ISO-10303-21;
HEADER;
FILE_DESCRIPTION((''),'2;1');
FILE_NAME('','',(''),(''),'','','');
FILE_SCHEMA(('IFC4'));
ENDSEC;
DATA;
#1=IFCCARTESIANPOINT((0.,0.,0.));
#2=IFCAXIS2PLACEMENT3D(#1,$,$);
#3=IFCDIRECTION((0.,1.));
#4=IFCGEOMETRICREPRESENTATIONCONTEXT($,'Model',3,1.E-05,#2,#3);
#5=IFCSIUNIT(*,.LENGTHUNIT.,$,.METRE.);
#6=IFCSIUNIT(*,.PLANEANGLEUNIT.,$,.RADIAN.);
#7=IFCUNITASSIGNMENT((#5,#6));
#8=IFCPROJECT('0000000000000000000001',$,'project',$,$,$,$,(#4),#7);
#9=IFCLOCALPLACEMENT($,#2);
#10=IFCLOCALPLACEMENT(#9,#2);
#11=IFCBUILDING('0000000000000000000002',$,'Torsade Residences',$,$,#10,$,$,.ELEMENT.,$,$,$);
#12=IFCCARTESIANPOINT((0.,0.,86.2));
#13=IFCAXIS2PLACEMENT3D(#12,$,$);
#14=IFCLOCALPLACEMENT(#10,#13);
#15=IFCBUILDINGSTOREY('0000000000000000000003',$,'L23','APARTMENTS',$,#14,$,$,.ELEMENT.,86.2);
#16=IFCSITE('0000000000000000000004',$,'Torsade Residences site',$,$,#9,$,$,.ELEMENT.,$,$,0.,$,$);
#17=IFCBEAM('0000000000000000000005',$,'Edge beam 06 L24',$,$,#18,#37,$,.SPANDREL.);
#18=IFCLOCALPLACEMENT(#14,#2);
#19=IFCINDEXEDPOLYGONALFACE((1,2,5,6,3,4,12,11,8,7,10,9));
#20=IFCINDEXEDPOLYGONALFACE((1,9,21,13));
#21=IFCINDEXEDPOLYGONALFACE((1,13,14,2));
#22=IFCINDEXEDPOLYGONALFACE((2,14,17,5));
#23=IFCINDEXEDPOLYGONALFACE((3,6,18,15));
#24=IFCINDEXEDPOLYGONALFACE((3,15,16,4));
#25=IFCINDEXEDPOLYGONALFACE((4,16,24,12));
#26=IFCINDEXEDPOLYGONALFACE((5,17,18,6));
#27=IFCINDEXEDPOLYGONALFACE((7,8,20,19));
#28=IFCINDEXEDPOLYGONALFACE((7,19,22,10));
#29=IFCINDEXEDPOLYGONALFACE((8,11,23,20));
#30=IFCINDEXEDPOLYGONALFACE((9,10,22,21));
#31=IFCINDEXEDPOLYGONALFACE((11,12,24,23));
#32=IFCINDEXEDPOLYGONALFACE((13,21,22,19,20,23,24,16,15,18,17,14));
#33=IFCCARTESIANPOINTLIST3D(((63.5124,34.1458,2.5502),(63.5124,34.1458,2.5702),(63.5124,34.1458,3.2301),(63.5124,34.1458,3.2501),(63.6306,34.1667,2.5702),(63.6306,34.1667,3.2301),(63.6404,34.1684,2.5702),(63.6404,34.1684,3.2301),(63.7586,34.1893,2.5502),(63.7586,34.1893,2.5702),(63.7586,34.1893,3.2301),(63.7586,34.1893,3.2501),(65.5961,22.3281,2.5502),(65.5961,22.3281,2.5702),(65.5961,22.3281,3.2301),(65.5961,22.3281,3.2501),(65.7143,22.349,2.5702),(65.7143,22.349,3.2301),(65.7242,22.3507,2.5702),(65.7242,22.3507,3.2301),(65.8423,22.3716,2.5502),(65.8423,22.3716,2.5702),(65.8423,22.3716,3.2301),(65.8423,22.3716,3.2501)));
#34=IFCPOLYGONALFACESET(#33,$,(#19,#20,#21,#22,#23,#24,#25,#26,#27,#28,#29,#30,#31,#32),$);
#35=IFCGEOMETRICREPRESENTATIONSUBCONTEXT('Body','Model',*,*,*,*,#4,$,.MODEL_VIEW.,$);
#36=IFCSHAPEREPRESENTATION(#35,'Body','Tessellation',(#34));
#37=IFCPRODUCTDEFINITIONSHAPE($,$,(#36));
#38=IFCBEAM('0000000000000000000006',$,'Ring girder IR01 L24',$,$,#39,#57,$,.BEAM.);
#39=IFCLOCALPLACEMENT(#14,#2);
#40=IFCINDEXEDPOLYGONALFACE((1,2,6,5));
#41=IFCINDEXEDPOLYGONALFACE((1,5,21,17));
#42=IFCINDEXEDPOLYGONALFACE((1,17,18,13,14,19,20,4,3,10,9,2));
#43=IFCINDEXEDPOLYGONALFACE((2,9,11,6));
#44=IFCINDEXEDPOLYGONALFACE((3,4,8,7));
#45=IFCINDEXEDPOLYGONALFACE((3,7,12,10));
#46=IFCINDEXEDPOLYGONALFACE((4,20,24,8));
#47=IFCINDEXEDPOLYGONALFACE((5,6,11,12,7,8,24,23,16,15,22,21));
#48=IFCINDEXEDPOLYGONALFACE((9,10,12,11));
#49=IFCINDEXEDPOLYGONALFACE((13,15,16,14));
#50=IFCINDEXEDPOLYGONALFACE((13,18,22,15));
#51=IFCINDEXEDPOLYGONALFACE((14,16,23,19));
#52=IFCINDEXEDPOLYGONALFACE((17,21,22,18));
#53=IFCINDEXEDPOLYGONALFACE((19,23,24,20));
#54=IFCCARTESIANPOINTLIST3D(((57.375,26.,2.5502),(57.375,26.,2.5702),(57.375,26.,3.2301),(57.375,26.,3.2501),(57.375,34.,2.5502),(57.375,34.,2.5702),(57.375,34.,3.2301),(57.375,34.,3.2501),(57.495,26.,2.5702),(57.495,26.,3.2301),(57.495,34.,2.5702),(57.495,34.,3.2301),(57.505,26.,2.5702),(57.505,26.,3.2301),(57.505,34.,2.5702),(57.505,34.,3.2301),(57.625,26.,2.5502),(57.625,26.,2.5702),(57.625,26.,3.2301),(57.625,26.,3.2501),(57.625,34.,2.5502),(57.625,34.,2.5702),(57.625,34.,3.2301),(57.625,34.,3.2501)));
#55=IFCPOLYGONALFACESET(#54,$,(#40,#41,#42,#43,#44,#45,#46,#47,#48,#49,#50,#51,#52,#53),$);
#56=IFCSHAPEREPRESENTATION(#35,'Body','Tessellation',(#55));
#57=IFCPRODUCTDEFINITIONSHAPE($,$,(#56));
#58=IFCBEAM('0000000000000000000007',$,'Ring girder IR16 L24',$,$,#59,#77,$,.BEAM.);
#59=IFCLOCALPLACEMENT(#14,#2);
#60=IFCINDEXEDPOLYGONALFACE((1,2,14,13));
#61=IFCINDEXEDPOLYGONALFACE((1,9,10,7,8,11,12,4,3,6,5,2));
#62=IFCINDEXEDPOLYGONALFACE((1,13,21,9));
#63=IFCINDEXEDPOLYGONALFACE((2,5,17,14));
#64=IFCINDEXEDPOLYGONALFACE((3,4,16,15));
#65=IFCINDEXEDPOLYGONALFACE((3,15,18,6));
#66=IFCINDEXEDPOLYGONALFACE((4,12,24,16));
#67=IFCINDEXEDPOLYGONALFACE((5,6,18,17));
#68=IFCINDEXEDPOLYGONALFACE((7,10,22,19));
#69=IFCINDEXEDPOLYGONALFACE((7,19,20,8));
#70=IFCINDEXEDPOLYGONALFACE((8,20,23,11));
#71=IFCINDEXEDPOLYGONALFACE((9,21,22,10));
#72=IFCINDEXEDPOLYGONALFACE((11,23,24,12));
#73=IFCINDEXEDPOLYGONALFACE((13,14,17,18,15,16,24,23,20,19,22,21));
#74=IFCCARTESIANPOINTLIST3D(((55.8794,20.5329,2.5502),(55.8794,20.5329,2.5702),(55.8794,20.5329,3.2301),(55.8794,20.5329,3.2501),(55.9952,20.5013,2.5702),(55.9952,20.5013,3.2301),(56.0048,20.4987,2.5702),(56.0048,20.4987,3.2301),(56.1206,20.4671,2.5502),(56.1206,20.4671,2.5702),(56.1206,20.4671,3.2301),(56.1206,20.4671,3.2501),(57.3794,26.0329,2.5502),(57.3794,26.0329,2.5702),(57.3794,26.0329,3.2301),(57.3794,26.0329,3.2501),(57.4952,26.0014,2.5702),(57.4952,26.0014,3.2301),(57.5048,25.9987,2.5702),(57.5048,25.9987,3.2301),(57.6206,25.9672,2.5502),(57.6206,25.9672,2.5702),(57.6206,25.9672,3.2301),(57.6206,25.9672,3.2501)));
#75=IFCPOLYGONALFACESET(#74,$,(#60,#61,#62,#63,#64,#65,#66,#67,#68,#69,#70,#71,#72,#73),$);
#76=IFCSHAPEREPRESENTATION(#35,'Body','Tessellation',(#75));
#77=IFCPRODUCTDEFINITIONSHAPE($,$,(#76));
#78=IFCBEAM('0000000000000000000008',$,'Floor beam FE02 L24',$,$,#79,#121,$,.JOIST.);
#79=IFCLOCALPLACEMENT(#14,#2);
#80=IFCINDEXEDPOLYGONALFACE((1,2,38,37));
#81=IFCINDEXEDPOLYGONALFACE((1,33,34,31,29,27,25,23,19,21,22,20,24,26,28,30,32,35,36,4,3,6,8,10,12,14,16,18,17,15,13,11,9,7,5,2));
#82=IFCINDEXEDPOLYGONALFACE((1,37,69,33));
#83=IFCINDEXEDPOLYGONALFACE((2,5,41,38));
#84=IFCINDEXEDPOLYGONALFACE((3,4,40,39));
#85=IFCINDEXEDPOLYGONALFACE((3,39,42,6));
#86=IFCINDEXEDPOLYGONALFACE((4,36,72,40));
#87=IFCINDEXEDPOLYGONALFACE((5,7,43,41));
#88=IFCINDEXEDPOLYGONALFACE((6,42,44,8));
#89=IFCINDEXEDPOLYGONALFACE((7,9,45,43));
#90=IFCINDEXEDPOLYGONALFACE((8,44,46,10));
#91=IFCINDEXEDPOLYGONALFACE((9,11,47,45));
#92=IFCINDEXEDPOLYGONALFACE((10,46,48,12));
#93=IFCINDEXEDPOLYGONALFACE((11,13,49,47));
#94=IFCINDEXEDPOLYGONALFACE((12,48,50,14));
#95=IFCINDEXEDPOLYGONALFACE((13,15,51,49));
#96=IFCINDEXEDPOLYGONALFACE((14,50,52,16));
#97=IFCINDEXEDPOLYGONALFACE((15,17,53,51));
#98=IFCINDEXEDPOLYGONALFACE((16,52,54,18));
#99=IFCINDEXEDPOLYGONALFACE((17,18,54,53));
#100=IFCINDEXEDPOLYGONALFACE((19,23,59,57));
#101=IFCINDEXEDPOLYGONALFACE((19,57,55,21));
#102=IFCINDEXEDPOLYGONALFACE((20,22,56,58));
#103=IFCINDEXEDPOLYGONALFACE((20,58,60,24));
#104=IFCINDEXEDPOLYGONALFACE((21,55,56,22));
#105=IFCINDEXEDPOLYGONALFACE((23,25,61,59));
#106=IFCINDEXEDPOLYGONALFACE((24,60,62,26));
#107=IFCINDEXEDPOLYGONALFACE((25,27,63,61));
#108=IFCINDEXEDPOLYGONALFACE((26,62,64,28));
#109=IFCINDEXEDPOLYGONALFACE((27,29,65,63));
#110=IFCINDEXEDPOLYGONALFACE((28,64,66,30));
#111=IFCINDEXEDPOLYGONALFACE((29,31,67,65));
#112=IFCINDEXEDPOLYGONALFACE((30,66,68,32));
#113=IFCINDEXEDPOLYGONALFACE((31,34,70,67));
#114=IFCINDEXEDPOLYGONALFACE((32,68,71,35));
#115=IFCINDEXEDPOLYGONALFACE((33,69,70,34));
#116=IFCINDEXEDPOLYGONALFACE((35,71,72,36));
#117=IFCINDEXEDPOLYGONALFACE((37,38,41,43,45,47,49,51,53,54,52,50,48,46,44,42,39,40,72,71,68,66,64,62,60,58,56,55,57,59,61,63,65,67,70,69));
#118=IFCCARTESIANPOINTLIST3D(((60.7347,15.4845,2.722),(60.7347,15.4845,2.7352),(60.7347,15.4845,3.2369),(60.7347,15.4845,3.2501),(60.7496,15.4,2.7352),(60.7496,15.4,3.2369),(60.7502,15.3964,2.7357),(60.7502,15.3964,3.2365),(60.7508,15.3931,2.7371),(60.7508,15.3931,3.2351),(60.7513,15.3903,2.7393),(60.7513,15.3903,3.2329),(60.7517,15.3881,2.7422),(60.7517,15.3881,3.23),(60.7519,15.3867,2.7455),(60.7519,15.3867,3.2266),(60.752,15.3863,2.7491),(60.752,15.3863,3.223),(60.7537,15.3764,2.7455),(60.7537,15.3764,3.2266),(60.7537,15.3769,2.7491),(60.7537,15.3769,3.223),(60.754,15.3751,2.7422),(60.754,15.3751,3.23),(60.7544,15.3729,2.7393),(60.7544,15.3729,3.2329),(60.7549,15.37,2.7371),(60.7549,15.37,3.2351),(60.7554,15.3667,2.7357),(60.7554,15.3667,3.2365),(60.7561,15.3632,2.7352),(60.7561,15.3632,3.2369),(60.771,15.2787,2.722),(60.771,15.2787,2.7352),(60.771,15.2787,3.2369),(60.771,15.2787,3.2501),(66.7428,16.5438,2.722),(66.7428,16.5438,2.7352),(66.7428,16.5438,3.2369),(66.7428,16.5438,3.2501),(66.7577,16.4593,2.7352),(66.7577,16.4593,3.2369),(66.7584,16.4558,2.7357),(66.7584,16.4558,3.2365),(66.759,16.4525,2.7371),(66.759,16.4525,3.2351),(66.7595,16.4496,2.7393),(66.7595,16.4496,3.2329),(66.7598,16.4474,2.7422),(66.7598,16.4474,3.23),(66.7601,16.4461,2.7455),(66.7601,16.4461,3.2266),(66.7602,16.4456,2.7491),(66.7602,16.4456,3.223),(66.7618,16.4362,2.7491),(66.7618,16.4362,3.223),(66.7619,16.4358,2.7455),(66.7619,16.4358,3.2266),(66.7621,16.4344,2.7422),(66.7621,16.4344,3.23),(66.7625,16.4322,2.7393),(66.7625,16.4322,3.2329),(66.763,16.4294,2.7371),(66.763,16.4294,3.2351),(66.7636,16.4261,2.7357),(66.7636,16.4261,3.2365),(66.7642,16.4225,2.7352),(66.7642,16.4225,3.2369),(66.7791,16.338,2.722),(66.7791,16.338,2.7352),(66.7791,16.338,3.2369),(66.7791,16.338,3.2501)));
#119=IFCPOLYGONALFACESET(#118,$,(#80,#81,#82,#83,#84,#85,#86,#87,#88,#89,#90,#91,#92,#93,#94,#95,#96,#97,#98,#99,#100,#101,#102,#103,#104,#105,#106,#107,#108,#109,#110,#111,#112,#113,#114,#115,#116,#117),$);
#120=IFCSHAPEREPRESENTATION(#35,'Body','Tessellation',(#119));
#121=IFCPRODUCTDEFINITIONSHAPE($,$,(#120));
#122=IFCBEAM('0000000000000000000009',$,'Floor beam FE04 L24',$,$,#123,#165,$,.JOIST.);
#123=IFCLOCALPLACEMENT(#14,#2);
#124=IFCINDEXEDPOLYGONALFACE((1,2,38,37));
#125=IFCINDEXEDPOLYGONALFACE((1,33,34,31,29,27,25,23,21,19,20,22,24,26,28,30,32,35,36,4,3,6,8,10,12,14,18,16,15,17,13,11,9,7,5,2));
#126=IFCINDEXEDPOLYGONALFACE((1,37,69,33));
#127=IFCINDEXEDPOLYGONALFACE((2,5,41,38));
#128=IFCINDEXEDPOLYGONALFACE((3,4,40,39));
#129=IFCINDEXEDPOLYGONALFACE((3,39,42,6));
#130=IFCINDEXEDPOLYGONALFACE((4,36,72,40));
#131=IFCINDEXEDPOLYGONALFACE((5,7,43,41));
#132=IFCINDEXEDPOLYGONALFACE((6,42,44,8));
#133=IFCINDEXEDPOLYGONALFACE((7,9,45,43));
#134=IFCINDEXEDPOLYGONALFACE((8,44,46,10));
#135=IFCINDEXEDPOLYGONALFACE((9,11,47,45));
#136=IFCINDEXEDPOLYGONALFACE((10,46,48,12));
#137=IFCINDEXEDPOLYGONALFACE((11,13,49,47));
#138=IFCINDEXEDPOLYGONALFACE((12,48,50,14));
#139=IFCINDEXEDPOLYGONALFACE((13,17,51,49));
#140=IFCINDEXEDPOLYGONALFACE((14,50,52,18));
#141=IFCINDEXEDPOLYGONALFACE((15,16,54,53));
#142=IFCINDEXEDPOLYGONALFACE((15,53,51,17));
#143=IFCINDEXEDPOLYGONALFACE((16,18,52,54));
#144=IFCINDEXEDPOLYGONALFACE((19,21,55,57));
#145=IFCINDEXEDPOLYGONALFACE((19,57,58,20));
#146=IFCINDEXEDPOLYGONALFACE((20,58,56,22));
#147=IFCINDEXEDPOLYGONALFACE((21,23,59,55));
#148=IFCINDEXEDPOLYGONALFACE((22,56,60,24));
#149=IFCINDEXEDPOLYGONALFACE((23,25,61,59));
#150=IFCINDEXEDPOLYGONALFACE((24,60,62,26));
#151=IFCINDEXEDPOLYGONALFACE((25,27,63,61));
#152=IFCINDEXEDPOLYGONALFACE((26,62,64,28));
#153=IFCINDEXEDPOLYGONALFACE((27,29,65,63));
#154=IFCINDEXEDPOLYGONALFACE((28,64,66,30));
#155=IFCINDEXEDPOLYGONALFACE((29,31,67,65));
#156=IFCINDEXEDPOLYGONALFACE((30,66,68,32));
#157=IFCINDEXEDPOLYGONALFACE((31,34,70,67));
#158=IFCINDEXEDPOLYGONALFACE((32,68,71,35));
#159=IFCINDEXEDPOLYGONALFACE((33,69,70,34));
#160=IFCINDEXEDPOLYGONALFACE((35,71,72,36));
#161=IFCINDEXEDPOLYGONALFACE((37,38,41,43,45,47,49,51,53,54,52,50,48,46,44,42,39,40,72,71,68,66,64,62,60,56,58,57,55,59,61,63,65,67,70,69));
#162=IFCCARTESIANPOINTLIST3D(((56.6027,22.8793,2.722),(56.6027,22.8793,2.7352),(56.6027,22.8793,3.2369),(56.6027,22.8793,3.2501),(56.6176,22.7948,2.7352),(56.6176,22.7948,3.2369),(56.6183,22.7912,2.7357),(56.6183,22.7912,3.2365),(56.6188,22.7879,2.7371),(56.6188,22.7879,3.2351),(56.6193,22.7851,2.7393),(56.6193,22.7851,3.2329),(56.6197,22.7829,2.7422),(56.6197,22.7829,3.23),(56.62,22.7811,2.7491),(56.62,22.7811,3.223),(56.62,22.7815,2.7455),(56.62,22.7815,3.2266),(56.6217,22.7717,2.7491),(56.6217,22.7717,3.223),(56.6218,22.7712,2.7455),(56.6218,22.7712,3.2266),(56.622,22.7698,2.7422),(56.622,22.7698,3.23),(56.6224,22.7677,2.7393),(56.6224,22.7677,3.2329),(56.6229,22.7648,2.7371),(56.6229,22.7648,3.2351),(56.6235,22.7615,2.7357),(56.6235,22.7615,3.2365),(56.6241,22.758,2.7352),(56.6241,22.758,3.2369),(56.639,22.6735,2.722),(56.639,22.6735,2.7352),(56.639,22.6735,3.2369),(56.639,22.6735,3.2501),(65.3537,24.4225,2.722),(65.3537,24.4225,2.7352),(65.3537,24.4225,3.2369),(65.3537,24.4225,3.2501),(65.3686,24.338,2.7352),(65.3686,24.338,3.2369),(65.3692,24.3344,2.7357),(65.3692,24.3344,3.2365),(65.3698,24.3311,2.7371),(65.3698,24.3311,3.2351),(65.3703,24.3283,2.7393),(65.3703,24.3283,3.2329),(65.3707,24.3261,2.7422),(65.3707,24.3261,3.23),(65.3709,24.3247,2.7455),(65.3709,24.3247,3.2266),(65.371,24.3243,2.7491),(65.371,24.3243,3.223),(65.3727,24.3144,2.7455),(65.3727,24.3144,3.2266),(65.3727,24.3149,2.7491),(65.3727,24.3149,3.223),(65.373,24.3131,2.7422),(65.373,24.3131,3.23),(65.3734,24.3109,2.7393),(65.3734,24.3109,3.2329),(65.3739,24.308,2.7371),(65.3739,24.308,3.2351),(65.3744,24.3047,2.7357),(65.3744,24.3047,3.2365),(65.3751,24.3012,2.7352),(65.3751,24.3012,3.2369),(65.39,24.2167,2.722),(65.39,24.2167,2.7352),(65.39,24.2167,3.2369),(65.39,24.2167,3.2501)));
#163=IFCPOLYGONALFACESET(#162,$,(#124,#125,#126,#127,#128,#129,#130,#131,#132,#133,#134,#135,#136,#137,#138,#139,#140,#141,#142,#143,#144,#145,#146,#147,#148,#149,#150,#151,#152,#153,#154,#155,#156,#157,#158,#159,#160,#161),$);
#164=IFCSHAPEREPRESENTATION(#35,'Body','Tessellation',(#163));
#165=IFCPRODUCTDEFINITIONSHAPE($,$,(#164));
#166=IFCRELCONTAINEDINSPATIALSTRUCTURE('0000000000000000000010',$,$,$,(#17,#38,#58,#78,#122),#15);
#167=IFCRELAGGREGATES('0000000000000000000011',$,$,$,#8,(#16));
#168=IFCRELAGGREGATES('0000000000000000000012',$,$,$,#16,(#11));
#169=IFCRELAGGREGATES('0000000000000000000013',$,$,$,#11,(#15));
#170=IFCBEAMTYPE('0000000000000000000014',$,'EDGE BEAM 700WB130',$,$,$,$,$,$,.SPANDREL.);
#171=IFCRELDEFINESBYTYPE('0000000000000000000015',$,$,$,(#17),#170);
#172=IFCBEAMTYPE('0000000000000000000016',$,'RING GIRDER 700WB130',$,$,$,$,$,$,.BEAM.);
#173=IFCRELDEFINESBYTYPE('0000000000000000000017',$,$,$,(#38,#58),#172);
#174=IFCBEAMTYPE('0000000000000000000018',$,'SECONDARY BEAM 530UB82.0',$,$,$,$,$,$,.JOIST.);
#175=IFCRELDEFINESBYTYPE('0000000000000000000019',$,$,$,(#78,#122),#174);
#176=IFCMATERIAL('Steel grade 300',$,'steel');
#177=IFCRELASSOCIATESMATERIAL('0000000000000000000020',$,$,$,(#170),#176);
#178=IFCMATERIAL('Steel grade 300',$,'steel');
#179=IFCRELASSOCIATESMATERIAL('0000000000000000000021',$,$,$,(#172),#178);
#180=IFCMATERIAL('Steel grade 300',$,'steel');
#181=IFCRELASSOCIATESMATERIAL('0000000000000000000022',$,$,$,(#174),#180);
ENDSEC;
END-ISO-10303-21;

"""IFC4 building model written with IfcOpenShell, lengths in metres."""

from ifc_helpers import new_model, si_unit, direction, frame, origin, origin_2d, place, context, subcontext, project, spatial, i_section, extrude, material, material_profile, profile_set, type_object, element, save


model = new_model("IFC4")

# Units and contexts
model_context = context("Model", 3, precision=1e-05, world=origin(), true_north=direction((0.0, 1.0)))
body_context = subcontext(model_context, "Body", "Model", "MODEL_VIEW")
ifc_project = project(units=[si_unit("LENGTHUNIT", "METRE"), si_unit("PLANEANGLEUNIT", "RADIAN")], contexts=[model_context])

# Site, building, storey
site_placement = place(None, origin())
site = spatial("IfcSite", under=ifc_project, at=site_placement, Name="Torsade Residences site", CompositionType="ELEMENT", RefElevation=0.0)
building_placement = place(site_placement, origin())
building = spatial("IfcBuilding", under=site, at=building_placement, Name="Torsade Residences", CompositionType="ELEMENT")
storey_placement = place(building_placement, frame((0.0, 0.0, 86.2)))
storey = spatial("IfcBuildingStorey", under=building, at=storey_placement, Name="L23", Description="APARTMENTS", CompositionType="ELEMENT", Elevation=86.2)

# Beams
ifc_material_1 = material(Name="Steel grade 300", Category="steel")
ifc_material_profile_1 = material_profile(ifc_material_1, i_section(OverallWidth=0.25, OverallDepth=0.7, WebThickness=0.01, FlangeThickness=0.02, at=origin_2d()), Name="700WB130")
ifc_profile_set_1 = profile_set([ifc_material_profile_1], Name="Steel grade 300")
beam_type_1 = type_object("IfcBeamType", Name="EDGE BEAM 700WB130", PredefinedType="SPANDREL", material=ifc_profile_set_1)
beam_1_placement = place(storey_placement, frame((65.7192, 22.3499, 2.9001), z_axis=(-0.173646, 0.984808, 0.0), x_axis=(-0.984808, -0.173646, 0.0)))
element("IfcBeam", 1, at=beam_1_placement, inside=storey, type_object=beam_type_1, Name="Edge beam 06 L24", PredefinedType="SPANDREL", context=body_context, shape_type="SweptSolid", body=[
    extrude(i_section(OverallWidth=0.25, OverallDepth=0.7, WebThickness=0.01, FlangeThickness=0.02, at=origin_2d()), origin(), (0.0, 0.0, 1.0), 12.0),
])
ifc_material_2 = material(Name="Steel grade 300", Category="steel")
ifc_material_profile_2 = material_profile(ifc_material_2, i_section(OverallWidth=0.25, OverallDepth=0.7, WebThickness=0.01, FlangeThickness=0.02, at=origin_2d()), Name="700WB130")
ifc_profile_set_2 = profile_set([ifc_material_profile_2], Name="Steel grade 300")
beam_type_2 = type_object("IfcBeamType", Name="RING GIRDER 700WB130", PredefinedType="BEAM", material=ifc_profile_set_2)
beam_2_placement = place(storey_placement, frame((57.5, 26.0, 2.9001), z_axis=(0.0, 1.0, 0.0), x_axis=(-1.0, 0.0, 0.0)))
element("IfcBeam", 2, at=beam_2_placement, inside=storey, type_object=beam_type_2, Name="Ring girder IR01 L24", PredefinedType="BEAM", context=body_context, shape_type="SweptSolid", body=[
    extrude(i_section(OverallWidth=0.25, OverallDepth=0.7, WebThickness=0.01, FlangeThickness=0.02, at=origin_2d()), origin(), (0.0, 0.0, 1.0), 8.0),
])
beam_3_placement = place(storey_placement, frame((56.0, 20.5, 2.9001), z_axis=(0.263117, 0.964764, 0.0), x_axis=(-0.964764, 0.263117, 0.0)))
element("IfcBeam", 3, at=beam_3_placement, inside=storey, type_object=beam_type_2, Name="Ring girder IR16 L24", PredefinedType="BEAM", context=body_context, shape_type="SweptSolid", body=[
    extrude(i_section(OverallWidth=0.25, OverallDepth=0.7, WebThickness=0.01, FlangeThickness=0.02, at=origin_2d()), origin(), (0.0, 0.0, 1.0), 5.7009),
])
ifc_material_3 = material(Name="Steel grade 300", Category="steel")
ifc_material_profile_3 = material_profile(ifc_material_3, i_section(OverallWidth=0.209, OverallDepth=0.5281, WebThickness=0.0095, FlangeThickness=0.0132, FilletRadius=0.0139, at=origin_2d()), Name="530UB82.0")
ifc_profile_set_3 = profile_set([ifc_material_profile_3], Name="Steel grade 300")
beam_type_3 = type_object("IfcBeamType", Name="SECONDARY BEAM 530UB82.0", PredefinedType="JOIST", material=ifc_profile_set_3)
beam_4_placement = place(storey_placement, frame((66.761, 16.4409, 2.9861), z_axis=(-0.984809, -0.173639, 0.0), x_axis=(0.173639, -0.984809, 0.0)))
element("IfcBeam", 4, at=beam_4_placement, inside=storey, type_object=beam_type_3, Name="Floor beam FE02 L24", PredefinedType="JOIST", context=body_context, shape_type="SweptSolid", body=[
    extrude(i_section(OverallWidth=0.209, OverallDepth=0.5281, WebThickness=0.0095, FlangeThickness=0.0132, FilletRadius=0.0139, at=origin_2d()), origin(), (0.0, 0.0, 1.0), 6.1008),
])
beam_5_placement = place(storey_placement, frame((65.3718, 24.3196, 2.9861), z_axis=(-0.984804, -0.173668, 0.0), x_axis=(0.173668, -0.984804, 0.0)))
element("IfcBeam", 5, at=beam_5_placement, inside=storey, type_object=beam_type_3, Name="Floor beam FE04 L24", PredefinedType="JOIST", context=body_context, shape_type="SweptSolid", body=[
    extrude(i_section(OverallWidth=0.209, OverallDepth=0.5281, WebThickness=0.0095, FlangeThickness=0.0132, FilletRadius=0.0139, at=origin_2d()), origin(), (0.0, 0.0, 1.0), 8.886),
])

save(model, "model.ifc")
